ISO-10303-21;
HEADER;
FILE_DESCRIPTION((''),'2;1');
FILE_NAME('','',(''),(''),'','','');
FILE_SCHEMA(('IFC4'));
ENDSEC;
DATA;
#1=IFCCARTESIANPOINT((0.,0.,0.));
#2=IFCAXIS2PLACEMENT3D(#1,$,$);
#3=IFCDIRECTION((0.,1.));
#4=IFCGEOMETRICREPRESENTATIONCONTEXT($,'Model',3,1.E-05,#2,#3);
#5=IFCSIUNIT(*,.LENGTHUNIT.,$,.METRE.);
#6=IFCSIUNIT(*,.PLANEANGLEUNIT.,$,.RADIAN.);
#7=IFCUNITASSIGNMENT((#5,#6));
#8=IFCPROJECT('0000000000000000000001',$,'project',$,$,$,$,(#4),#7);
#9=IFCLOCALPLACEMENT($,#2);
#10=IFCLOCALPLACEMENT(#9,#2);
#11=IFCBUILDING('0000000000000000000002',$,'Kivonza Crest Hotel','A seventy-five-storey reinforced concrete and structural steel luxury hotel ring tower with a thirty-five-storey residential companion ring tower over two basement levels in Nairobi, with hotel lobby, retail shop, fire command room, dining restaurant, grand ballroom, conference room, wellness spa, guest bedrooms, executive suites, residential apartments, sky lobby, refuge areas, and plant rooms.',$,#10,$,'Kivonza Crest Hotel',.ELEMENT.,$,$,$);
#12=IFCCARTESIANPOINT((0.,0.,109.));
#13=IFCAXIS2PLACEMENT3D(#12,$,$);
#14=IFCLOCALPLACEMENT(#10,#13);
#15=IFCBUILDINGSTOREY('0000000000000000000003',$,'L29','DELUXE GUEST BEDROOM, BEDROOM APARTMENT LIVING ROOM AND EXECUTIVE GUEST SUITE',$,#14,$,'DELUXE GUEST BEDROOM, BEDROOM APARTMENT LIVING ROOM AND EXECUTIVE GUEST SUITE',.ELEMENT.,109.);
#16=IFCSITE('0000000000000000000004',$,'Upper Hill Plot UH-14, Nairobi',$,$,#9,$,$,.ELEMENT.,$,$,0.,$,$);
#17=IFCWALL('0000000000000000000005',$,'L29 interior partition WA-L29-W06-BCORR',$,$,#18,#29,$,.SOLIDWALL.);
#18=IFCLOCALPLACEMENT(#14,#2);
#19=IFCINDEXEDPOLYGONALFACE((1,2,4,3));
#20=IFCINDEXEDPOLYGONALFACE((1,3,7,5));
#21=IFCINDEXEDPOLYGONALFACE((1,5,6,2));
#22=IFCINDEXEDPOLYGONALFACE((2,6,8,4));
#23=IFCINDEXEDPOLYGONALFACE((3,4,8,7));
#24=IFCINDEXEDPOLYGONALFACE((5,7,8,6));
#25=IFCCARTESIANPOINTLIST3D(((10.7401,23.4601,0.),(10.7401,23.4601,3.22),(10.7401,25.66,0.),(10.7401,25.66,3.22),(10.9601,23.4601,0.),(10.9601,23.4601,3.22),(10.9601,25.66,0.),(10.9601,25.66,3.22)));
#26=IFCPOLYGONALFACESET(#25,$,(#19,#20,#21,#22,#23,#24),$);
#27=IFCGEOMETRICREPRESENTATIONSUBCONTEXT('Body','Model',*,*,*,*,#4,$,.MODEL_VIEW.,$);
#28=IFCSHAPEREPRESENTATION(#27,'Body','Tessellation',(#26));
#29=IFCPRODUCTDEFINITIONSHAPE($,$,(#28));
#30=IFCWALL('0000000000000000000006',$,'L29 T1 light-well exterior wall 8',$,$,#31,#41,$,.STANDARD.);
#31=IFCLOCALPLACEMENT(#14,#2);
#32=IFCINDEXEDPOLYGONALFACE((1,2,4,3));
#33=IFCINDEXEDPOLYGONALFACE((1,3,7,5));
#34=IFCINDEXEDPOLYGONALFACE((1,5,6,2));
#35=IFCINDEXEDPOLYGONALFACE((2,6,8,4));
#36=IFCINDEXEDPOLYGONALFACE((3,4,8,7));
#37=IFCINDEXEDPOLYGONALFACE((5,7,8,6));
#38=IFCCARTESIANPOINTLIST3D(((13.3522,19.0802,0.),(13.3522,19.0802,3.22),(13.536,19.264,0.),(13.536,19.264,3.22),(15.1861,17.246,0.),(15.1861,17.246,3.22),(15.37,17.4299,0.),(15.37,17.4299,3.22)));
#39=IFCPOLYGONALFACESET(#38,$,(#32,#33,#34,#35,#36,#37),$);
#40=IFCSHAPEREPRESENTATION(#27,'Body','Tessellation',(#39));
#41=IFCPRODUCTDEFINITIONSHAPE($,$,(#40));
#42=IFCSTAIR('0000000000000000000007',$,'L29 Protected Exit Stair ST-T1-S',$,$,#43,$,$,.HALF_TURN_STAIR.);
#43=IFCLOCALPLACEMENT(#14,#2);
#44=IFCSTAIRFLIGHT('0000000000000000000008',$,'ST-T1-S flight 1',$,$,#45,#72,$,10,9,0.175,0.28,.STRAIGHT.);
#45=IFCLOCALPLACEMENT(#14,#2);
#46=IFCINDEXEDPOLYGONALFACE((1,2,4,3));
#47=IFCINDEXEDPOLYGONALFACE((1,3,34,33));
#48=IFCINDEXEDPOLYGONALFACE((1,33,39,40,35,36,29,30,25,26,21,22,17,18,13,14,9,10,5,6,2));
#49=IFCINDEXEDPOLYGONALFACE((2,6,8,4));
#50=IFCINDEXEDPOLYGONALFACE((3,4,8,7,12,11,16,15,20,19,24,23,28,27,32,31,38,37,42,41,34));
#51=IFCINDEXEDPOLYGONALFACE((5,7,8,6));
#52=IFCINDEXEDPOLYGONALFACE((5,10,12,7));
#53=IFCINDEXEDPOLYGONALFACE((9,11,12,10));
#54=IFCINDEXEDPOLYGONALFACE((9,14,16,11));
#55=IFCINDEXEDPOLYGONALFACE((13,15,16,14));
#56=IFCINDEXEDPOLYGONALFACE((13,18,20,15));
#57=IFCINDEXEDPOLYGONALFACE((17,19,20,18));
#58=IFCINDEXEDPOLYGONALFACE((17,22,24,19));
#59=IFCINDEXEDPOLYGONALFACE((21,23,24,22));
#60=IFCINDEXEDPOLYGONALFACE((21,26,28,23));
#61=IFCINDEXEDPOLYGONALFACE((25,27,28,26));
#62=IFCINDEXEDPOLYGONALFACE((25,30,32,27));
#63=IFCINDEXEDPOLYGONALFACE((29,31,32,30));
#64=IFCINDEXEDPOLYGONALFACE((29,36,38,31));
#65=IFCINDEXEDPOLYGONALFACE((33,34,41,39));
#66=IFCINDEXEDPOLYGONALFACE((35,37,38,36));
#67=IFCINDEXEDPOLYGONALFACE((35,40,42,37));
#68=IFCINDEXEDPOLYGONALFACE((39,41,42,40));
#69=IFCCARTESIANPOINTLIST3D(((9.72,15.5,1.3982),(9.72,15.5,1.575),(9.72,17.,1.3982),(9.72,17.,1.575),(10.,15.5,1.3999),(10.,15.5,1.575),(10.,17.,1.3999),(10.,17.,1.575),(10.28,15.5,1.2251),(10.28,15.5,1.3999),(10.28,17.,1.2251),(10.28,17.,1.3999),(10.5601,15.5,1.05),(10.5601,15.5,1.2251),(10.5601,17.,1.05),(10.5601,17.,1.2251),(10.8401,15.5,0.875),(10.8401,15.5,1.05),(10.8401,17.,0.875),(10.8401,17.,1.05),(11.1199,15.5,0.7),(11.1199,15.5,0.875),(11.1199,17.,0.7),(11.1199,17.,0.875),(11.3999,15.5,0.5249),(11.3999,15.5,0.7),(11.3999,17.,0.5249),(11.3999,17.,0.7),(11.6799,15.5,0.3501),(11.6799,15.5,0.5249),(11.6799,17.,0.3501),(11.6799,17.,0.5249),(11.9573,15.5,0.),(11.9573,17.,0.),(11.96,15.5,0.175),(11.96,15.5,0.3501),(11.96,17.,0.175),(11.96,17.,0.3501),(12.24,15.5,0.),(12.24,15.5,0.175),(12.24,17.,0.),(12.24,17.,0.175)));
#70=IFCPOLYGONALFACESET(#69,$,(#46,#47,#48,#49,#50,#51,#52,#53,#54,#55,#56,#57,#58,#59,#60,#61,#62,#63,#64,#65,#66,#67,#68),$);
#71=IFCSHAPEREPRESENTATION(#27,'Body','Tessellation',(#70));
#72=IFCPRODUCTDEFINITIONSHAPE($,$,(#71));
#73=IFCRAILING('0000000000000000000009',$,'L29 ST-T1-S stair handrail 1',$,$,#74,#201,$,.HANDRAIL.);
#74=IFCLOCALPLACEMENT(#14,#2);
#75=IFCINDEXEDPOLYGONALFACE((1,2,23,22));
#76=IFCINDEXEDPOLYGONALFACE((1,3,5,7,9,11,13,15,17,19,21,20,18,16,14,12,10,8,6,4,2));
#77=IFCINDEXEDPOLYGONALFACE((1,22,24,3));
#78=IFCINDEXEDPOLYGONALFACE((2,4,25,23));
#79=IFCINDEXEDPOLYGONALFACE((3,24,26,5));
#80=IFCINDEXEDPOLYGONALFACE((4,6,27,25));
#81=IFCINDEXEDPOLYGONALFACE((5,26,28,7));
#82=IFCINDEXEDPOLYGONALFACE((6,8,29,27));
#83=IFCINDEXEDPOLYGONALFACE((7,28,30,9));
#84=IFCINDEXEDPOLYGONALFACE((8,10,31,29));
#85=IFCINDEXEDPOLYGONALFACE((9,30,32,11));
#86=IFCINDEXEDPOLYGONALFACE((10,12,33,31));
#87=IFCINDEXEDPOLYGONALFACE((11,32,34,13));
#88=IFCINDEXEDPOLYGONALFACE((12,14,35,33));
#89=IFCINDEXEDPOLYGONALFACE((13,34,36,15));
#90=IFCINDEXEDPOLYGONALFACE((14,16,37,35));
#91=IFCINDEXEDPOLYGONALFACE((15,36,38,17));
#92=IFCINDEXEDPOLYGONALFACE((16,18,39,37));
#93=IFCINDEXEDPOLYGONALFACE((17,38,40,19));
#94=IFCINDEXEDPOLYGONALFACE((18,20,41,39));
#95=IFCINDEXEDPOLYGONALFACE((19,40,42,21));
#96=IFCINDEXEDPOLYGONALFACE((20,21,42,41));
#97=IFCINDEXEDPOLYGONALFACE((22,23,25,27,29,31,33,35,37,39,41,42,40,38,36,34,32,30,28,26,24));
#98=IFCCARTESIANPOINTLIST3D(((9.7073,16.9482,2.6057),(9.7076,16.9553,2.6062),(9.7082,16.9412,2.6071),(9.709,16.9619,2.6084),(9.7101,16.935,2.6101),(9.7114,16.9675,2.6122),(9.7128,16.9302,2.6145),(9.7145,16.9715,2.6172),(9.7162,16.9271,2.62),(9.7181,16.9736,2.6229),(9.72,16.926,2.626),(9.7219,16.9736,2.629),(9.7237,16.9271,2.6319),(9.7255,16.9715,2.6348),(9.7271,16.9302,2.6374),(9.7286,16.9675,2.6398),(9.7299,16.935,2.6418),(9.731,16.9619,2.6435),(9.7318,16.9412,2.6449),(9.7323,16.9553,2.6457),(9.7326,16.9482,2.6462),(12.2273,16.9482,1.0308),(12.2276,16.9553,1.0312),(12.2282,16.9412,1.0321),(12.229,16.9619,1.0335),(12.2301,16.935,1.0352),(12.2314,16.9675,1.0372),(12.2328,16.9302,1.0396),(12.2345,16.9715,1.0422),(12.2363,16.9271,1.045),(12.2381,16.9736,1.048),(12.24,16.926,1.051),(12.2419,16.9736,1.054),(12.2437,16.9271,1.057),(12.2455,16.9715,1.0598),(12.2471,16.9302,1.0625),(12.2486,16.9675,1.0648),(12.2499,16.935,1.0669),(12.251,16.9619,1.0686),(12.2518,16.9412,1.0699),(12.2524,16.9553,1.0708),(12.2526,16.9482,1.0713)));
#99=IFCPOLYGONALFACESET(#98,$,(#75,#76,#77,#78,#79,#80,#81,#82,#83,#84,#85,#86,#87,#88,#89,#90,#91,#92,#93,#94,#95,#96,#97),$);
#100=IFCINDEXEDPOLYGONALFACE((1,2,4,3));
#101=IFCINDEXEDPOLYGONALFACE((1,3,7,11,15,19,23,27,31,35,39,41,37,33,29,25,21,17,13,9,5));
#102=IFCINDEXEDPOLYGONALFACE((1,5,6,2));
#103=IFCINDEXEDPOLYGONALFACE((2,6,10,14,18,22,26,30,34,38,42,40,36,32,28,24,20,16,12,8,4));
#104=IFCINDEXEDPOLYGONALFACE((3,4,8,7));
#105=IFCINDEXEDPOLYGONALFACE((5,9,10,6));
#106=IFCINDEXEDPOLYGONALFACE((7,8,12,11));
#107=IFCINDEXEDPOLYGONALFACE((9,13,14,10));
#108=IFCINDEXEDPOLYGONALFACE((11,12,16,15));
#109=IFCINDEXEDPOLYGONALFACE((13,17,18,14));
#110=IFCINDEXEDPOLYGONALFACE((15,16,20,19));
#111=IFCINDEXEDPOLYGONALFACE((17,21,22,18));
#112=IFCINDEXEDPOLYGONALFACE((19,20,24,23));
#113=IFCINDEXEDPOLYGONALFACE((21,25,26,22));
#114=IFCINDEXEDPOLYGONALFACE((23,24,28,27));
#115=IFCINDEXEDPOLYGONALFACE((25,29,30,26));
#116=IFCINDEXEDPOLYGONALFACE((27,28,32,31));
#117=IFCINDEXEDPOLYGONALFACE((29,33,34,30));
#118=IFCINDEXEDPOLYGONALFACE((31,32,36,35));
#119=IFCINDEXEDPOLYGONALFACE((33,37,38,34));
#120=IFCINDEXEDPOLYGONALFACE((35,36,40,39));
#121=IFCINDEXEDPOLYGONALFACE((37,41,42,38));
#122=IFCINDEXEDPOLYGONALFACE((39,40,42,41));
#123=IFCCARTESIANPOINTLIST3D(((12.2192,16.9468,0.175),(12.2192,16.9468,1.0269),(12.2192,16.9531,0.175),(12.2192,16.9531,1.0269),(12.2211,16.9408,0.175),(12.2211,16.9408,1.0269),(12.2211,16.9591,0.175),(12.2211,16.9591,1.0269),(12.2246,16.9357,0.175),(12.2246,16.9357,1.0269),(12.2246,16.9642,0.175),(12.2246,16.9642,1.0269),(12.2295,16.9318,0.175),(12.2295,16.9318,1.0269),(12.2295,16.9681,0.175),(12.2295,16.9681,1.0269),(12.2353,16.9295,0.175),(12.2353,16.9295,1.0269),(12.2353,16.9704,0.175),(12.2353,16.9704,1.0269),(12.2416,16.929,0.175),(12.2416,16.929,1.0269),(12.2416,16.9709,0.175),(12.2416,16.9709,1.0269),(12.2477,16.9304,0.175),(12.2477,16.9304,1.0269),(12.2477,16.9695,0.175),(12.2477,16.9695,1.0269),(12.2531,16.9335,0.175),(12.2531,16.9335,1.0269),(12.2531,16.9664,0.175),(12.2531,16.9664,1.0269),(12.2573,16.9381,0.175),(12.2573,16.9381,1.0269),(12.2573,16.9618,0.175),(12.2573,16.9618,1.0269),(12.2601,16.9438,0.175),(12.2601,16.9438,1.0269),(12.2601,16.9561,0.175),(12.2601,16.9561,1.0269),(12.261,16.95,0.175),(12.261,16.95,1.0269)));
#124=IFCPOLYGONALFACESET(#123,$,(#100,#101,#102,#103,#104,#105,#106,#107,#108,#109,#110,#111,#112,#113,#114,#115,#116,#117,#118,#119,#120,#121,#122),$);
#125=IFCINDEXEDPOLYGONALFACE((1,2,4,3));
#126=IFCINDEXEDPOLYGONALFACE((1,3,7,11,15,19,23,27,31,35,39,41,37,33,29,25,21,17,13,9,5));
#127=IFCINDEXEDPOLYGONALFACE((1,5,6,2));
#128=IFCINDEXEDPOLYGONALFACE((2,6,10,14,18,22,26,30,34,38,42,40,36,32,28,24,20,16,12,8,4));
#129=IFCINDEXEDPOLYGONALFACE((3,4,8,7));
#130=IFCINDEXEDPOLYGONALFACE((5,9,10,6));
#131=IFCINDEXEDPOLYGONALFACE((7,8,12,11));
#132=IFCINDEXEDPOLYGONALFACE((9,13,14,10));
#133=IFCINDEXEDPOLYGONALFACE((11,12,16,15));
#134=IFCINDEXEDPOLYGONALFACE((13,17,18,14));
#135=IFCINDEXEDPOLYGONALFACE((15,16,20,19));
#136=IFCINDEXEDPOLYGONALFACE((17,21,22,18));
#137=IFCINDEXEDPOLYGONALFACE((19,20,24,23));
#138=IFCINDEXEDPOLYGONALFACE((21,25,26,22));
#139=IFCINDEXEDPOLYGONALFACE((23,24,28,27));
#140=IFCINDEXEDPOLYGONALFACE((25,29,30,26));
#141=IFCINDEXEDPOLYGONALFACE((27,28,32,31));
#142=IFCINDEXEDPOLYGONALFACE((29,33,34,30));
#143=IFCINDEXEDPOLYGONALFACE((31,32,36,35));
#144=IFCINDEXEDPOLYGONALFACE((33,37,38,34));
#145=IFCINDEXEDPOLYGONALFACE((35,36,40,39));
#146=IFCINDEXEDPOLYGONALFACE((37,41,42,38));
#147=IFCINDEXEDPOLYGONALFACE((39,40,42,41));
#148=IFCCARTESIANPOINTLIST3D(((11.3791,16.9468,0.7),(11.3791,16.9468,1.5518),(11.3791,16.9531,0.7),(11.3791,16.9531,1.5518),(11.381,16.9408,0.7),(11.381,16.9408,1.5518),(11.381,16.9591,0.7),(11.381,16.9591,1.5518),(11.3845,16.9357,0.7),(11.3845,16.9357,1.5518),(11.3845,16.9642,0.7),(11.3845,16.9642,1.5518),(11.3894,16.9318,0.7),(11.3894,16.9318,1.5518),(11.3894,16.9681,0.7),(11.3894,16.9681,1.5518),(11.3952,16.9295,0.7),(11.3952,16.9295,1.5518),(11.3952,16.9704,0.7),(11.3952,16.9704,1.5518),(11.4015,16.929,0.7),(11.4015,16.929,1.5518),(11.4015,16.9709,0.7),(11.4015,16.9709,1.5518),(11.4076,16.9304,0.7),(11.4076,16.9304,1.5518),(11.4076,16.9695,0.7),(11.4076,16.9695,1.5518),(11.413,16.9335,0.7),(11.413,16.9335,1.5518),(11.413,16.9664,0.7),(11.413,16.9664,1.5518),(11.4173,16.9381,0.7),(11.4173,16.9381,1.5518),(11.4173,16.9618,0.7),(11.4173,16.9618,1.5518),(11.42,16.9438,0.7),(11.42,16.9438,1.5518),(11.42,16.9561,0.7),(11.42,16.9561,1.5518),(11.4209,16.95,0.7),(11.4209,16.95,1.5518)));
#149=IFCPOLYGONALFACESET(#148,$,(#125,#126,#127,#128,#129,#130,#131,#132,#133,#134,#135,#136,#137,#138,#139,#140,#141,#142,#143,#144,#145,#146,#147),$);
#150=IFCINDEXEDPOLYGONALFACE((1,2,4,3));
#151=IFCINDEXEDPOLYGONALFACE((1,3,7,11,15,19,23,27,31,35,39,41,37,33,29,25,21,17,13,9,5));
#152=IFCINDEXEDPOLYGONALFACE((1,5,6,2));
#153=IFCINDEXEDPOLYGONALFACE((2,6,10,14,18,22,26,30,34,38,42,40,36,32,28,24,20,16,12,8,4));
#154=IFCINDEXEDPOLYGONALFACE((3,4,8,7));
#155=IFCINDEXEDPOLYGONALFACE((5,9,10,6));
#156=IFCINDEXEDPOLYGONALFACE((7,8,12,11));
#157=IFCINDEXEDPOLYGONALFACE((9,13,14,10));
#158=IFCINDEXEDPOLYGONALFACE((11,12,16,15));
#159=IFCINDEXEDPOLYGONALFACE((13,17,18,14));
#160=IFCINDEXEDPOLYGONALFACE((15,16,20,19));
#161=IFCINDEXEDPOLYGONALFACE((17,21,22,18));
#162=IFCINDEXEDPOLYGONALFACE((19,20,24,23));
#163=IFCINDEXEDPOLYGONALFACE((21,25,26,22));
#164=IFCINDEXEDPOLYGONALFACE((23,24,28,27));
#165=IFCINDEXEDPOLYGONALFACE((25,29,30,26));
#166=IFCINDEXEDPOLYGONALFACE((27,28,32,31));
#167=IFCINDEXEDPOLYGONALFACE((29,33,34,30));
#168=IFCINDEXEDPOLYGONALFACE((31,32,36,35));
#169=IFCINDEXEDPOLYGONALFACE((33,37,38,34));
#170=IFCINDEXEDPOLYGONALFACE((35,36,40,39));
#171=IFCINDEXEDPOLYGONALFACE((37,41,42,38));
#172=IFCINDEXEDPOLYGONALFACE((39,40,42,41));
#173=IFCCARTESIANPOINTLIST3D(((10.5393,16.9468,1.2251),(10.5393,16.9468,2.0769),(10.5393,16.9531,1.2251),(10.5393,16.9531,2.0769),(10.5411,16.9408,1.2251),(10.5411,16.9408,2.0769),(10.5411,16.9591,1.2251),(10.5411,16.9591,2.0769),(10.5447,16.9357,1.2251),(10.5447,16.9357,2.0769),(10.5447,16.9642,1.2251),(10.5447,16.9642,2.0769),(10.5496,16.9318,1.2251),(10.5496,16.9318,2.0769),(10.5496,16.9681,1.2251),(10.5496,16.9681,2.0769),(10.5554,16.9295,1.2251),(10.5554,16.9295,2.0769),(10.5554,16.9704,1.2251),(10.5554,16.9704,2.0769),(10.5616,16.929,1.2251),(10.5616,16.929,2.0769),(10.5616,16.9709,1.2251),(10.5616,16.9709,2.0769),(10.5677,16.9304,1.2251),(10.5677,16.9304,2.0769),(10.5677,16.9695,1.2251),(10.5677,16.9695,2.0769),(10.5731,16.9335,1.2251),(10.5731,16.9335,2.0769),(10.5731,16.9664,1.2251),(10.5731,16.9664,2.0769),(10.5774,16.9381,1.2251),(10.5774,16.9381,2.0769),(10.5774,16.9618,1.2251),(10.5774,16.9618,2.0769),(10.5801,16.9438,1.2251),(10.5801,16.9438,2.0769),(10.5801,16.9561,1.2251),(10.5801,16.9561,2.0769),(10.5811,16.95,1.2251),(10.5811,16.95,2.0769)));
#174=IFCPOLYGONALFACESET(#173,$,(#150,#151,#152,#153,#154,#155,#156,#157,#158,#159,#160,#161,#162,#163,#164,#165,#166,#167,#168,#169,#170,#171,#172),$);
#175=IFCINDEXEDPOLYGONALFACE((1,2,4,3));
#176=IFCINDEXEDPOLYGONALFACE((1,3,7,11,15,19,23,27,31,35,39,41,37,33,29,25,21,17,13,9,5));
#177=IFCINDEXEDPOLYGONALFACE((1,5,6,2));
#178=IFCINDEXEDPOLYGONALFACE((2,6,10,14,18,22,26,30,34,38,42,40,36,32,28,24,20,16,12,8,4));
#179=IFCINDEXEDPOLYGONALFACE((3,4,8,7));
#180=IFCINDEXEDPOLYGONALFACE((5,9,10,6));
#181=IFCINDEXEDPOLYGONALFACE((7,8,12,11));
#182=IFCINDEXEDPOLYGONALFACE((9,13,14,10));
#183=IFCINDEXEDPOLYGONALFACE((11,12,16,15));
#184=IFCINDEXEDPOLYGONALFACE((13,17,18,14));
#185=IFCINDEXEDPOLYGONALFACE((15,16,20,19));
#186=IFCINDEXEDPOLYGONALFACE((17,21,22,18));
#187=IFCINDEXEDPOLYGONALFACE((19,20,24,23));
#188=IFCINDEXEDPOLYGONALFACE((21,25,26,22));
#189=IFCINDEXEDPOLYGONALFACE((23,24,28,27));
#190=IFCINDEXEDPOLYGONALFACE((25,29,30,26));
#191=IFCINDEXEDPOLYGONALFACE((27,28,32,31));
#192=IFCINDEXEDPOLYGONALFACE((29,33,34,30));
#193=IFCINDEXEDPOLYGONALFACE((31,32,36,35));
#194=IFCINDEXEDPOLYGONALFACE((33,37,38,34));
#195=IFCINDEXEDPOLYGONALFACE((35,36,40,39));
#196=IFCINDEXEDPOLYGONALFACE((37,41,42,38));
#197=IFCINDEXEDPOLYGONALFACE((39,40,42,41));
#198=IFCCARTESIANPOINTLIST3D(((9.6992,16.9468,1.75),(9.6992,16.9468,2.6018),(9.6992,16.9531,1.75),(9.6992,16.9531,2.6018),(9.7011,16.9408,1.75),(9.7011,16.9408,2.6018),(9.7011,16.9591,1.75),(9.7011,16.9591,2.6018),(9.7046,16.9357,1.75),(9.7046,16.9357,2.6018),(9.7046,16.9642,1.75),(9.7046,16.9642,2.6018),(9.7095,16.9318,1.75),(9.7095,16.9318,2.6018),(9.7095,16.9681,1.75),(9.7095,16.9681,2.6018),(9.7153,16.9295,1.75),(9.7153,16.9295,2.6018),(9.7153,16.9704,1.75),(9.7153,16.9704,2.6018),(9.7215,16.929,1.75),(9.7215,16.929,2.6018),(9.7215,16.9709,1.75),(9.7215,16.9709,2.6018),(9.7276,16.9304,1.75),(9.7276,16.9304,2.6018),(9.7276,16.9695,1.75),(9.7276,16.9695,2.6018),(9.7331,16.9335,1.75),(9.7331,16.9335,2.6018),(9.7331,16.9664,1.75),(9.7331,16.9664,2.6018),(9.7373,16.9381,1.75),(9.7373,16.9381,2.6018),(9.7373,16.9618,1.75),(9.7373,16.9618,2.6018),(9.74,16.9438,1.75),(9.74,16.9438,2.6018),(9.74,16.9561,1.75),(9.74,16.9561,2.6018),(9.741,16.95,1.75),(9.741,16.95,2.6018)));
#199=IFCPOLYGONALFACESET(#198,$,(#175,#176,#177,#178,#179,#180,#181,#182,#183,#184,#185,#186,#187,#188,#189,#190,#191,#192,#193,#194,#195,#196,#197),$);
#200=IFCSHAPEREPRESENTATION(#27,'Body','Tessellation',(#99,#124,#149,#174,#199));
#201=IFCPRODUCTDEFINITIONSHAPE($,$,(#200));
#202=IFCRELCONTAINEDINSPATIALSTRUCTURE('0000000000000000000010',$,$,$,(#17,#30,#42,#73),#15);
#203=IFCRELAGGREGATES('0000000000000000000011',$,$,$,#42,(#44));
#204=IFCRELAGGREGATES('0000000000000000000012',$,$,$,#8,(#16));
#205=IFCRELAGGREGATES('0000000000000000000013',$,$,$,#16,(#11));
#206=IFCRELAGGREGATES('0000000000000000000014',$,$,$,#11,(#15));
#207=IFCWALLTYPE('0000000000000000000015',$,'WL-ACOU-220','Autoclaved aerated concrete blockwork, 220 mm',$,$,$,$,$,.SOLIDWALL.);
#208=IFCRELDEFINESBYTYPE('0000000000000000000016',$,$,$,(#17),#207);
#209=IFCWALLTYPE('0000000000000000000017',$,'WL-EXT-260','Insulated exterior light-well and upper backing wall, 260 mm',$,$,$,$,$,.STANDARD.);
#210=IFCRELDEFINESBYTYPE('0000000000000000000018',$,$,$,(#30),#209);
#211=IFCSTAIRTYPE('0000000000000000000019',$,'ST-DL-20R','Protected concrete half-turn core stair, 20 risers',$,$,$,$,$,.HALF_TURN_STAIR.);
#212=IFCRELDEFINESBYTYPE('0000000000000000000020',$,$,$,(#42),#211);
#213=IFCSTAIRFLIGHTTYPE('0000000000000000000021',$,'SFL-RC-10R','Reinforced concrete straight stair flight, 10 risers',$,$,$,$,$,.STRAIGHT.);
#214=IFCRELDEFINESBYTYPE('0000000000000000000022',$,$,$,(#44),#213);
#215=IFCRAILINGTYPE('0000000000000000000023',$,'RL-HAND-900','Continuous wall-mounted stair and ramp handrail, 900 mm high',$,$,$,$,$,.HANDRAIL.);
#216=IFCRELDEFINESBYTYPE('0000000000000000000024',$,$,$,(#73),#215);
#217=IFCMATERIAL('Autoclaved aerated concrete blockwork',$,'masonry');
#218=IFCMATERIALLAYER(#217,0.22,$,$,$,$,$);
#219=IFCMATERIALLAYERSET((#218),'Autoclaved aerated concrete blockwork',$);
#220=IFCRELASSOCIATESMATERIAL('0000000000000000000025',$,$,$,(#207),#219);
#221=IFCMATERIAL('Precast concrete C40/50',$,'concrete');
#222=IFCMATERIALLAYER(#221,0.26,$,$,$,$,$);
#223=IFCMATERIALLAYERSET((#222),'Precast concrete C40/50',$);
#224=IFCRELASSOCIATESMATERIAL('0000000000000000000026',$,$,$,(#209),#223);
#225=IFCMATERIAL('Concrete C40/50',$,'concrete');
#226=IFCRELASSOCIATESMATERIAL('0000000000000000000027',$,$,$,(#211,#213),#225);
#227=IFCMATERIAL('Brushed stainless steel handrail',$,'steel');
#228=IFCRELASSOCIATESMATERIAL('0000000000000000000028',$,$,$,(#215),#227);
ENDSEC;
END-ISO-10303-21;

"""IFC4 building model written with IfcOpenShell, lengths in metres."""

from ifc_helpers import new_model, si_unit, direction, frame, frame_2d, origin, origin_2d, place, context, subcontext, project, spatial, polyline, rectangle, circle, outline, extrude, material, layer, layer_set, type_object, element, aggregate, save


model = new_model("IFC4")

# Units and contexts
model_context = context("Model", 3, precision=1e-05, world=origin(), true_north=direction((0.0, 1.0)))
body_context = subcontext(model_context, "Body", "Model", "MODEL_VIEW")
ifc_project = project(units=[si_unit("LENGTHUNIT", "METRE"), si_unit("PLANEANGLEUNIT", "RADIAN")], contexts=[model_context])

# Site, building, storey
site_placement = place(None, origin())
site = spatial("IfcSite", under=ifc_project, at=site_placement, Name="Upper Hill Plot UH-14, Nairobi", CompositionType="ELEMENT", RefElevation=0.0)
building_placement = place(site_placement, origin())
building = spatial("IfcBuilding", under=site, at=building_placement, Name="Kivonza Crest Hotel", Description="A seventy-five-storey reinforced concrete and structural steel luxury hotel ring tower with a thirty-five-storey residential companion ring tower over two basement levels in Nairobi, with hotel lobby, retail shop, fire command room, dining restaurant, grand ballroom, conference room, wellness spa, guest bedrooms, executive suites, residential apartments, sky lobby, refuge areas, and plant rooms.", LongName="Kivonza Crest Hotel", CompositionType="ELEMENT")
storey_placement = place(building_placement, frame((0.0, 0.0, 109.0)))
storey = spatial("IfcBuildingStorey", under=building, at=storey_placement, Name="L29", Description="DELUXE GUEST BEDROOM, BEDROOM APARTMENT LIVING ROOM AND EXECUTIVE GUEST SUITE", LongName="DELUXE GUEST BEDROOM, BEDROOM APARTMENT LIVING ROOM AND EXECUTIVE GUEST SUITE", CompositionType="ELEMENT", Elevation=109.0)

# Shared definitions
ifc_material_1 = material(Name="Autoclaved aerated concrete blockwork", Category="masonry")
ifc_layer_1 = layer(ifc_material_1, 0.22)
ifc_layer_set_1 = layer_set([ifc_layer_1], Name="Autoclaved aerated concrete blockwork")
wall_type_1 = type_object("IfcWallType", Name="WL-ACOU-220", Description="Autoclaved aerated concrete blockwork, 220 mm", PredefinedType="SOLIDWALL", material=ifc_layer_set_1)

# Walls
wall_1_placement = place(storey_placement, frame((10.8501, 23.46, 0.0), z_axis=(0.0, 0.0, 1.0), x_axis=(0.0, 1.0, 0.0)))
element("IfcWall", 1, at=wall_1_placement, inside=storey, type_object=wall_type_1, Name="L29 interior partition WA-L29-W06-BCORR", PredefinedType="SOLIDWALL", context=body_context, shape_type="SweptSolid", body=[
    extrude(rectangle(XDim=2.2, YDim=0.22, at=frame_2d((1.1001, 0.0))), origin(), (0.0, 0.0, 1.0), 3.22),
])
ifc_material_2 = material(Name="Precast concrete C40/50", Category="concrete")
ifc_layer_2 = layer(ifc_material_2, 0.26)
ifc_layer_set_2 = layer_set([ifc_layer_2], Name="Precast concrete C40/50")
wall_type_2 = type_object("IfcWallType", Name="WL-EXT-260", Description="Insulated exterior light-well and upper backing wall, 260 mm", PredefinedType="STANDARD", material=ifc_layer_set_2)
wall_2_placement = place(storey_placement, frame((13.4441, 19.1721, 0.0), z_axis=(0.0, 0.0, 1.0), x_axis=(0.70706, -0.707154, 0.0)))
element("IfcWall", 2, at=wall_2_placement, inside=storey, type_object=wall_type_2, Name="L29 T1 light-well exterior wall 8", PredefinedType="STANDARD", context=body_context, shape_type="SweptSolid", body=[
    extrude(rectangle(XDim=2.5938, YDim=0.26, at=frame_2d((1.2969, 0.0))), origin(), (0.0, 0.0, 1.0), 3.22),
])

# Stair, stair flight
ifc_material_3 = material(Name="Concrete C40/50", Category="concrete")
stair_type = type_object("IfcStairType", Name="ST-DL-20R", Description="Protected concrete half-turn core stair, 20 risers", PredefinedType="HALF_TURN_STAIR", material=ifc_material_3)
stair_placement = place(storey_placement, origin())
stair = element("IfcStair", 3, at=stair_placement, inside=storey, type_object=stair_type, Name="L29 Protected Exit Stair ST-T1-S", PredefinedType="HALF_TURN_STAIR")
stair_flight_type = type_object("IfcStairFlightType", Name="SFL-RC-10R", Description="Reinforced concrete straight stair flight, 10 risers", PredefinedType="STRAIGHT", material=ifc_material_3)
stair_flight_placement = place(storey_placement, frame((12.24, 16.25, 0.0), z_axis=(0.0, 0.0, 1.0), x_axis=(-1.0, 0.0, 0.0)))
stair_flight = element("IfcStairFlight", 4, at=stair_flight_placement, type_object=stair_flight_type, Name="ST-T1-S flight 1", NumberOfRisers=10, NumberOfTreads=9, PredefinedType="STRAIGHT", RiserHeight=0.175, TreadLength=0.28, context=body_context, shape_type="SweptSolid", body=[
    extrude(outline(polyline([(0.0, 0.0), (0.0, 0.175), (0.28, 0.175), (0.28, 0.3501), (0.5601, 0.3501), (0.5601, 0.5249), (0.8401, 0.5249), (0.8401, 0.7), (1.1201, 0.7), (1.1201, 0.875), (1.3999, 0.875), (1.3999, 1.05), (1.6799, 1.05), (1.6799, 1.2251), (1.96, 1.2251), (1.96, 1.3999), (2.24, 1.3999), (2.24, 1.575), (2.52, 1.575), (2.52, 1.75), (2.52, 1.3982), (0.2827, 0.0), (0.0, 0.0)])), frame((0.0, 0.75, 0.0), z_axis=(0.0, -1.0, 0.0), x_axis=(1.0, 0.0, 0.0)), (0.0, 0.0, 1.0), 1.5),
])
aggregate(stair, [stair_flight])

# Railing
ifc_material_4 = material(Name="Brushed stainless steel handrail", Category="steel")
railing_type_1 = type_object("IfcRailingType", Name="RL-HAND-900", Description="Continuous wall-mounted stair and ramp handrail, 900 mm high", PredefinedType="HANDRAIL", material=ifc_material_4)
railing_1_placement = place(storey_placement, frame((12.24, 16.95, 0.175)))
element("IfcRailing", 5, at=railing_1_placement, inside=storey, type_object=railing_type_1, Name="L29 ST-T1-S stair handrail 1", PredefinedType="HANDRAIL", context=body_context, shape_type="SweptSolid", body=[
    extrude(circle(Radius=0.0239, at=origin_2d()), frame((0.0, 0.0, 0.876), z_axis=(-0.848008, 0.0, 0.529984), x_axis=(0.0, -1.0, 0.0)), (0.0, 0.0, 1.0), 2.9717),
    extrude(circle(Radius=0.021, at=origin_2d()), origin(), (0.0, 0.0, 1.0), 0.8518),
    extrude(circle(Radius=0.021, at=origin_2d()), frame((-0.8401, 0.0, 0.5249)), (0.0, 0.0, 1.0), 0.8518),
    extrude(circle(Radius=0.021, at=origin_2d()), frame((-1.6799, 0.0, 1.05)), (0.0, 0.0, 1.0), 0.8518),
    extrude(circle(Radius=0.021, at=origin_2d()), frame((-2.52, 0.0, 1.575)), (0.0, 0.0, 1.0), 0.8518),
])

save(model, "model.ifc")
